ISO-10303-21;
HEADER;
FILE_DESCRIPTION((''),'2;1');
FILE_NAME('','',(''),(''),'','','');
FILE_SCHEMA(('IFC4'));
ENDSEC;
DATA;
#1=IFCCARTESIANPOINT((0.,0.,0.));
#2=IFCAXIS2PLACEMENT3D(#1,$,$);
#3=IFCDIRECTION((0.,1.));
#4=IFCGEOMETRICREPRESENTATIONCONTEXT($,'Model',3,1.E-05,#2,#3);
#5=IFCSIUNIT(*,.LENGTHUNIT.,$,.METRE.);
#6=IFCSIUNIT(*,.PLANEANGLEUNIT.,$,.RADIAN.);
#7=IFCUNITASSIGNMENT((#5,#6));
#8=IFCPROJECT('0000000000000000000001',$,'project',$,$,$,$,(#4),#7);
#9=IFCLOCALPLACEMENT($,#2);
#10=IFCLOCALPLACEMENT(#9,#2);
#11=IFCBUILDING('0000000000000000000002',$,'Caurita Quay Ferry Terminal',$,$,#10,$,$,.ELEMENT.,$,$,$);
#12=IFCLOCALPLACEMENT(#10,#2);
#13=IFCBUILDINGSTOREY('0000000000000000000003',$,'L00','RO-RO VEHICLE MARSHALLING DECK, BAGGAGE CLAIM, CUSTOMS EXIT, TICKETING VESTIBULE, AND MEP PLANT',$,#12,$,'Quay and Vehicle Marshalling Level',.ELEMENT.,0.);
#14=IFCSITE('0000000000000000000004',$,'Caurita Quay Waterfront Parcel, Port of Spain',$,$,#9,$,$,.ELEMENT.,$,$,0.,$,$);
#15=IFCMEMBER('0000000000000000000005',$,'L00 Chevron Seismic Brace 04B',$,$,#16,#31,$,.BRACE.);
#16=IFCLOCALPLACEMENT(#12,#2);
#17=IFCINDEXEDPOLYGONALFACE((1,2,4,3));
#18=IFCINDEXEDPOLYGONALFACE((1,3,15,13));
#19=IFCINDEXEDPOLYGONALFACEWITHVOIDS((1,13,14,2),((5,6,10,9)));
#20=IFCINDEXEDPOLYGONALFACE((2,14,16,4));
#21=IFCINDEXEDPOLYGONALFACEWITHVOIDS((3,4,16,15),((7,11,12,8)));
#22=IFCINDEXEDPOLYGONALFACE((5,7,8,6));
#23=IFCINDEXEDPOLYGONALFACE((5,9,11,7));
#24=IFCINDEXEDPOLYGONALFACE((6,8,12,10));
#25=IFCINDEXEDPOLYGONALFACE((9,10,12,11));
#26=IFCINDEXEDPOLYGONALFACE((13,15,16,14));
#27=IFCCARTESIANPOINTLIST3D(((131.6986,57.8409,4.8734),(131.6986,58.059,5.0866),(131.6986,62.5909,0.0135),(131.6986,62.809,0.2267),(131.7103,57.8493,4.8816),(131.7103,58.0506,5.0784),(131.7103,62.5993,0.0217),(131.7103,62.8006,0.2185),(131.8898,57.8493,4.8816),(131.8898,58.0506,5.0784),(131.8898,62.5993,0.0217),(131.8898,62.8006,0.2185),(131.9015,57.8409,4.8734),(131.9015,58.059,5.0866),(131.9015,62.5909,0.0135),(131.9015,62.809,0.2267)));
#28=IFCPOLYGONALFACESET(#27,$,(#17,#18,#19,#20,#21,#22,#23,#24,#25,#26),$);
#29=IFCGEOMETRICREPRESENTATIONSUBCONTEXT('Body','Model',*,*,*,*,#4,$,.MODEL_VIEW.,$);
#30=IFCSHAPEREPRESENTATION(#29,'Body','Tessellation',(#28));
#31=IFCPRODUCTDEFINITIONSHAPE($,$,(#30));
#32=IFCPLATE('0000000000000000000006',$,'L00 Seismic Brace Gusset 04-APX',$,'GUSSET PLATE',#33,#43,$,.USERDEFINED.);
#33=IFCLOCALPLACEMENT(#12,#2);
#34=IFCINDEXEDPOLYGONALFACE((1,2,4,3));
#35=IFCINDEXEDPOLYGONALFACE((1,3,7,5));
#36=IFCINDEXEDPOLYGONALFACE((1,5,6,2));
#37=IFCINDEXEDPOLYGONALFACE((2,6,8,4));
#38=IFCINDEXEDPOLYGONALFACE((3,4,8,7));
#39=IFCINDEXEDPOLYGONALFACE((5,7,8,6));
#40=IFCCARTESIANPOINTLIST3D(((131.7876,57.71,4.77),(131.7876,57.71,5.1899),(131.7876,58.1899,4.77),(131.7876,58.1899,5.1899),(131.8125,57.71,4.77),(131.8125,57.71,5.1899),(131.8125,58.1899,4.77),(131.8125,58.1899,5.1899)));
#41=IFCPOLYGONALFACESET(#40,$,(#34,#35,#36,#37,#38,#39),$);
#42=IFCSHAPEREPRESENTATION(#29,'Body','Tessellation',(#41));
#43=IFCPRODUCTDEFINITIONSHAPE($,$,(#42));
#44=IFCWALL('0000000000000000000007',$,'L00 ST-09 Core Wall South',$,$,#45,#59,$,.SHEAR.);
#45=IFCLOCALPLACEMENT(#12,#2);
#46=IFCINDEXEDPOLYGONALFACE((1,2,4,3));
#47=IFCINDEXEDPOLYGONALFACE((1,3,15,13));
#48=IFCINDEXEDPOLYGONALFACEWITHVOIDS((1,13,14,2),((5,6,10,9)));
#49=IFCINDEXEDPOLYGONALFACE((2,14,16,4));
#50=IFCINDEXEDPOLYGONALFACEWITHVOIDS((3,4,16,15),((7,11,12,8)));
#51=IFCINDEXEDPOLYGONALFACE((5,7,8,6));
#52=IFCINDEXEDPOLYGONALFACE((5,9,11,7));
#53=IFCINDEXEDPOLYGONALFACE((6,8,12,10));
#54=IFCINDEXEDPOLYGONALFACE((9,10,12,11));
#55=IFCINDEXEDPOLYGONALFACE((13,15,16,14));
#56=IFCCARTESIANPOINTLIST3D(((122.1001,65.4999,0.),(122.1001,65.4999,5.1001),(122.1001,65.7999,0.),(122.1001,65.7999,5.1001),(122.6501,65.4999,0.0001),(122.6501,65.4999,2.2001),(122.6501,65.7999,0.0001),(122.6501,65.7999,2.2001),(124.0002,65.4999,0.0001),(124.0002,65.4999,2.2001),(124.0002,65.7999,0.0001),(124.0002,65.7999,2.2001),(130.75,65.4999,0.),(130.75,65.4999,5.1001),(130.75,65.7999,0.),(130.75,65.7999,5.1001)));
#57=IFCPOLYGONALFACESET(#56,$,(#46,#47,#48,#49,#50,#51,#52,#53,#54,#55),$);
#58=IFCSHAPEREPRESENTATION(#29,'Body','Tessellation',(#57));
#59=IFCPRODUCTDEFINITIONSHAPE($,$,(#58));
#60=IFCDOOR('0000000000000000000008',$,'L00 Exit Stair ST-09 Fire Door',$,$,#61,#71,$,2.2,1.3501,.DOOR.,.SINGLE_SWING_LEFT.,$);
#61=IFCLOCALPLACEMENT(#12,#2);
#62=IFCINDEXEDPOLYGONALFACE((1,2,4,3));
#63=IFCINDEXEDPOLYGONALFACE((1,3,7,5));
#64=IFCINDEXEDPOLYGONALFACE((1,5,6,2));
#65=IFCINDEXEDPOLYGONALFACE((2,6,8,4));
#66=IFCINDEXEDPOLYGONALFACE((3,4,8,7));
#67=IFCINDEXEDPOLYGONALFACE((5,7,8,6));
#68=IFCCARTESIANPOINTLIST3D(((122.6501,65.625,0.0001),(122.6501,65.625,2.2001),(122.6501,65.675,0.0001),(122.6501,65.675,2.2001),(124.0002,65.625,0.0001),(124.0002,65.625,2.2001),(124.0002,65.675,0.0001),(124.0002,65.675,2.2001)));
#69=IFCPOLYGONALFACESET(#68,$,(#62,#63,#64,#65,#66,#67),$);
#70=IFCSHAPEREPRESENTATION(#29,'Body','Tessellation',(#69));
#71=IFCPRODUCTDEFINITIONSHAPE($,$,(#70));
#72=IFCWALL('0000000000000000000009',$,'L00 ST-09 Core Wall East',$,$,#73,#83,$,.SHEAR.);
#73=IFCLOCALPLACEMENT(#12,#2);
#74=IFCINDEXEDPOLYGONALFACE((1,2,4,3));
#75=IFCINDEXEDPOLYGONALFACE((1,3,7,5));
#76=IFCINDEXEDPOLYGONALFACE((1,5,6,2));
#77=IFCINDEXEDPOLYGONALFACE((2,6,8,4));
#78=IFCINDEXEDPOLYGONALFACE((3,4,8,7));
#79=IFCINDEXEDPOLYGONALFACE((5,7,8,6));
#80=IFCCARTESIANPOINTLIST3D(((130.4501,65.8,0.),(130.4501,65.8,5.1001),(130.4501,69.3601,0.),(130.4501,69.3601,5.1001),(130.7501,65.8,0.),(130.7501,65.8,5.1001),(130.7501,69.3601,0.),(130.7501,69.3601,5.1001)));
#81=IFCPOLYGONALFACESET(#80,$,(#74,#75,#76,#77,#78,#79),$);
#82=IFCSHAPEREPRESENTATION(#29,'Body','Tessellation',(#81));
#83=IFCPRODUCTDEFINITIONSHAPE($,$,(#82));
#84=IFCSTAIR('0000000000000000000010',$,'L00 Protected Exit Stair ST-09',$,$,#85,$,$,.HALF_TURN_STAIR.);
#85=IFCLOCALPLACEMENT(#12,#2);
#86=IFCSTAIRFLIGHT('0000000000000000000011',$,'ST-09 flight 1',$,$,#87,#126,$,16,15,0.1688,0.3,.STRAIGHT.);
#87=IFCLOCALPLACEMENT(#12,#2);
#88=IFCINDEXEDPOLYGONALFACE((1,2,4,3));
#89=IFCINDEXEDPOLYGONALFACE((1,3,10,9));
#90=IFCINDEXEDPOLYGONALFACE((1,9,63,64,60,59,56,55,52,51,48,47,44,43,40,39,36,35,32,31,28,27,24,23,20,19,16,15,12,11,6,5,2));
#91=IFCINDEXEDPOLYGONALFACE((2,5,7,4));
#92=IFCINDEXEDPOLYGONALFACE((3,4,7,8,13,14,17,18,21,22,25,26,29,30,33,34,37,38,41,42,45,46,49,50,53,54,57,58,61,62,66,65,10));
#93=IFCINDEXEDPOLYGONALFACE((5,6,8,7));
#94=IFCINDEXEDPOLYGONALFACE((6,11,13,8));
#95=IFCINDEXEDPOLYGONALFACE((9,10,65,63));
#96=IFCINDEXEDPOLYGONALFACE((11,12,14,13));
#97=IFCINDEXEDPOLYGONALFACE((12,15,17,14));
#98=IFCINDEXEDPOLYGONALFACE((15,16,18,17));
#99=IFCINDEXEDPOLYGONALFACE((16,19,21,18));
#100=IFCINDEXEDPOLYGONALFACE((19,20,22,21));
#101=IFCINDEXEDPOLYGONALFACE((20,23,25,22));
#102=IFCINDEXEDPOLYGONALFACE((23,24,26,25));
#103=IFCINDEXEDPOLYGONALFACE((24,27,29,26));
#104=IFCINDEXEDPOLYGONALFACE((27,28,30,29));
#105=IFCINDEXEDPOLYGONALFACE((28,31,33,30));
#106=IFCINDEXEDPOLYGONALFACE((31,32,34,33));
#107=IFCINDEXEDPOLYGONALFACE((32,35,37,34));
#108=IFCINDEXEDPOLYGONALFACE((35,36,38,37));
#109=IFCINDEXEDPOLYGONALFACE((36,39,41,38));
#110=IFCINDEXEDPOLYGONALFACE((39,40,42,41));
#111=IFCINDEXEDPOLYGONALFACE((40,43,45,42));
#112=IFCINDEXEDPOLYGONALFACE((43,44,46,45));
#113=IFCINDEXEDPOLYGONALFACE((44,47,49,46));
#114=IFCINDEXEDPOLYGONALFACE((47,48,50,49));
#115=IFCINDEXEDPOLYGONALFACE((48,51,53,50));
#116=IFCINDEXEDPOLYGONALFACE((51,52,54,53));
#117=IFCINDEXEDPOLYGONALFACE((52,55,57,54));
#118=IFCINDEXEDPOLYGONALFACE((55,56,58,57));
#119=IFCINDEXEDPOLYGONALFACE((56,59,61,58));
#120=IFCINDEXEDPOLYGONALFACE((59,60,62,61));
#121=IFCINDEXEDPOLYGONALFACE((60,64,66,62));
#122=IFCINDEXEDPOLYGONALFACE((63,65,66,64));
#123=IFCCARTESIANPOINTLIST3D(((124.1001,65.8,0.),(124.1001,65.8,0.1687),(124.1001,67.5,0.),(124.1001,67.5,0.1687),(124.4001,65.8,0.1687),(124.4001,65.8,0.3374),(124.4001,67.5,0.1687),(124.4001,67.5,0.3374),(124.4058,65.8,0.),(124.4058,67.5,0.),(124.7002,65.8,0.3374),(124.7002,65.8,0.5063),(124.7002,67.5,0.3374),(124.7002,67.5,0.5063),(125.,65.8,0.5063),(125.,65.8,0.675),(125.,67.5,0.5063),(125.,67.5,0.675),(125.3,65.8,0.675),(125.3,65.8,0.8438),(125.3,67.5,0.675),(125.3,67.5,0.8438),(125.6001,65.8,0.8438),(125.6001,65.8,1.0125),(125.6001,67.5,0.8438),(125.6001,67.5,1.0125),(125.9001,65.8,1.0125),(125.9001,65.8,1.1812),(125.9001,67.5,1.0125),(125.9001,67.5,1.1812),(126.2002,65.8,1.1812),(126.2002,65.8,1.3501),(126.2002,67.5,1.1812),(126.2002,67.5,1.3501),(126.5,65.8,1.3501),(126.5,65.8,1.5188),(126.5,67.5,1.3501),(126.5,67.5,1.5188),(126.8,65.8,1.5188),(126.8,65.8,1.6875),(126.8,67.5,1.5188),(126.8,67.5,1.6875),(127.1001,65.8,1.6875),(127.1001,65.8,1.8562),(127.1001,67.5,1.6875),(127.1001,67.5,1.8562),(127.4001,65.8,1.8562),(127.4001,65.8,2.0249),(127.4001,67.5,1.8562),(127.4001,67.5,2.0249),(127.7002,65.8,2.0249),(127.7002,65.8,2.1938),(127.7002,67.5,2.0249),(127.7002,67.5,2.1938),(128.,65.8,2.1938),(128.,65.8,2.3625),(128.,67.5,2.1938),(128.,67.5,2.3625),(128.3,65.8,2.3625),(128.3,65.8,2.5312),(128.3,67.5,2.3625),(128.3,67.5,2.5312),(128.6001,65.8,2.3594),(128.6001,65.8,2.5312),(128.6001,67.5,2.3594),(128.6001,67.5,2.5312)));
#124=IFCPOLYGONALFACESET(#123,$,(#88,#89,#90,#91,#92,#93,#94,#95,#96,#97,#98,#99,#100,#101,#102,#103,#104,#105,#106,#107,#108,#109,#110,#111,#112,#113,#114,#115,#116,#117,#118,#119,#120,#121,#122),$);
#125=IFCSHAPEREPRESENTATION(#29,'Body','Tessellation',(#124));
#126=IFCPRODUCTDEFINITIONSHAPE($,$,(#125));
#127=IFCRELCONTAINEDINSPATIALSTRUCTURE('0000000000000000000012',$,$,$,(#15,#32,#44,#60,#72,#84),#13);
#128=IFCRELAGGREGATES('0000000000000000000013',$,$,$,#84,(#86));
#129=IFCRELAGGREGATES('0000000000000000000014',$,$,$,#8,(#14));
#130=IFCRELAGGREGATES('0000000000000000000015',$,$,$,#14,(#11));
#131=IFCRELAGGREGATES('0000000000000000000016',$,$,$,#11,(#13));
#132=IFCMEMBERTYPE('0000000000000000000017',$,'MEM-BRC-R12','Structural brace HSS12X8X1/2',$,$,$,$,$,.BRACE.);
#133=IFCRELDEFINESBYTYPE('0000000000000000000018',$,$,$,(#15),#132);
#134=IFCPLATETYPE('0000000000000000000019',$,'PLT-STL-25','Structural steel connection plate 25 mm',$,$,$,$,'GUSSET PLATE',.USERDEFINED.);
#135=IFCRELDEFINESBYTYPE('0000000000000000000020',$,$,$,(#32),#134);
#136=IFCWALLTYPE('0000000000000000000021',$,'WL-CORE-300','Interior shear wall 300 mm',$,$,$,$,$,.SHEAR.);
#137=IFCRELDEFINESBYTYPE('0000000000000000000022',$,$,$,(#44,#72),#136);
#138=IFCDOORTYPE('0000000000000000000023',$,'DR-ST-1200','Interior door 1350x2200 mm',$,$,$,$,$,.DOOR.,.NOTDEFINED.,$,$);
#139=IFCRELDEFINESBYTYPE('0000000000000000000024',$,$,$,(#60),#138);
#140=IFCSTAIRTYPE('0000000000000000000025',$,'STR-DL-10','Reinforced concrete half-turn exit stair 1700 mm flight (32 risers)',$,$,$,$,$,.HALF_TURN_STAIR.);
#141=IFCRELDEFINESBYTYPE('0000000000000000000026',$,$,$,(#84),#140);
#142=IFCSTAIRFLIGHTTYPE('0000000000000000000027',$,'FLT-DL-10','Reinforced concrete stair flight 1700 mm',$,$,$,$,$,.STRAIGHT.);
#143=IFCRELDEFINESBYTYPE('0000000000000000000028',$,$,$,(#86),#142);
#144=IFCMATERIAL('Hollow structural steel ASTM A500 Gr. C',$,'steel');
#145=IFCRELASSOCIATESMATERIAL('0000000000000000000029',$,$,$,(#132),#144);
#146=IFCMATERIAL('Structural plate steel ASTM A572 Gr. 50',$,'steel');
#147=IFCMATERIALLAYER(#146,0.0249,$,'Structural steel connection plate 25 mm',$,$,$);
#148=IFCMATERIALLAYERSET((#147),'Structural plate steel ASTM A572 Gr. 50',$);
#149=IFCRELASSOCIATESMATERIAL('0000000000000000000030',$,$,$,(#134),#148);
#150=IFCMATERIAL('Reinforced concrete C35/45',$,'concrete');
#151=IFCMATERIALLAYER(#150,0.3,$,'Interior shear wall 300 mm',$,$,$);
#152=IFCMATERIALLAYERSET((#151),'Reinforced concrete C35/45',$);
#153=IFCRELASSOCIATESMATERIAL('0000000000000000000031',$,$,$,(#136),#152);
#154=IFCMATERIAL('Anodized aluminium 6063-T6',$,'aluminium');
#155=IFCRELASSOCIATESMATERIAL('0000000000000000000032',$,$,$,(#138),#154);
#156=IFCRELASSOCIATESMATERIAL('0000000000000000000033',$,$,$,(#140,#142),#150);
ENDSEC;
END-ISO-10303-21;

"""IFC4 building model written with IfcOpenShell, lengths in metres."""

from ifc_helpers import new_model, si_unit, direction, frame, frame_2d, origin, origin_2d, place, context, subcontext, project, spatial, polyline, rectangle, hollow_rectangle, outline, extrude, material, layer, layer_set, material_profile, profile_set, type_object, element, fill, aggregate, save


model = new_model("IFC4")

# Units and contexts
model_context = context("Model", 3, precision=1e-05, world=origin(), true_north=direction((0.0, 1.0)))
body_context = subcontext(model_context, "Body", "Model", "MODEL_VIEW")
ifc_project = project(units=[si_unit("LENGTHUNIT", "METRE"), si_unit("PLANEANGLEUNIT", "RADIAN")], contexts=[model_context])

# Site, building, storey
site_placement = place(None, origin())
site = spatial("IfcSite", under=ifc_project, at=site_placement, Name="Caurita Quay Waterfront Parcel, Port of Spain", CompositionType="ELEMENT", RefElevation=0.0)
building_placement = place(site_placement, origin())
building = spatial("IfcBuilding", under=site, at=building_placement, Name="Caurita Quay Ferry Terminal", CompositionType="ELEMENT")
storey_placement = place(building_placement, origin())
storey = spatial("IfcBuildingStorey", under=building, at=storey_placement, Name="L00", Description="RO-RO VEHICLE MARSHALLING DECK, BAGGAGE CLAIM, CUSTOMS EXIT, TICKETING VESTIBULE, AND MEP PLANT", LongName="Quay and Vehicle Marshalling Level", CompositionType="ELEMENT", Elevation=0.0)

# Shared definitions
ifc_material_1 = material(Name="Hollow structural steel ASTM A500 Gr. C", Category="steel")

# Shared definitions
ifc_material_2 = material(Name="Reinforced concrete C35/45", Category="concrete")

# Member
ifc_material_profile_1 = material_profile(ifc_material_1, hollow_rectangle(XDim=0.2029, YDim=0.3049, WallThickness=0.0117, at=origin_2d()), Name="HSS12X8X1/2")
ifc_profile_set_1 = profile_set([ifc_material_profile_1], Name="Hollow structural steel ASTM A500 Gr. C")
member_type = type_object("IfcMemberType", Name="MEM-BRC-R12", Description="Structural brace HSS12X8X1/2", PredefinedType="BRACE", material=ifc_profile_set_1)
member_placement = place(storey_placement, frame((131.8, 62.7, 0.1201), z_axis=(0.0, -0.698977, 0.715144), x_axis=(1.0, 0.0, 0.0)))
element("IfcMember", 1, at=member_placement, inside=storey, type_object=member_type, Name="L00 Chevron Seismic Brace 04B", PredefinedType="BRACE", context=body_context, shape_type="SweptSolid", body=[
    extrude(hollow_rectangle(XDim=0.2029, YDim=0.3049, WallThickness=0.0117, at=origin_2d()), origin(), (0.0, 0.0, 1.0), 6.7957),
])

# Plate
ifc_material_3 = material(Name="Structural plate steel ASTM A572 Gr. 50", Category="steel")
ifc_layer_1 = layer(ifc_material_3, 0.0249, Name="Structural steel connection plate 25 mm")
ifc_layer_set_1 = layer_set([ifc_layer_1], Name="Structural plate steel ASTM A572 Gr. 50")
plate_type = type_object("IfcPlateType", Name="PLT-STL-25", Description="Structural steel connection plate 25 mm", ElementType="GUSSET PLATE", PredefinedType="USERDEFINED", material=ifc_layer_set_1)
plate_placement = place(storey_placement, frame((131.8, 57.95, 4.77), z_axis=(0.0, 0.0, 1.0), x_axis=(0.0, 1.0, 0.0)))
element("IfcPlate", 2, at=plate_placement, inside=storey, type_object=plate_type, Name="L00 Seismic Brace Gusset 04-APX", ObjectType="GUSSET PLATE", PredefinedType="USERDEFINED", context=body_context, shape_type="SweptSolid", body=[
    extrude(rectangle(XDim=0.48, YDim=0.0249, at=origin_2d()), origin(), (0.0, 0.0, 1.0), 0.4199),
])

# Wall, opening, door
ifc_layer_2 = layer(ifc_material_2, 0.3, Name="Interior shear wall 300 mm")
ifc_layer_set_2 = layer_set([ifc_layer_2], Name="Reinforced concrete C35/45")
wall_type = type_object("IfcWallType", Name="WL-CORE-300", Description="Interior shear wall 300 mm", PredefinedType="SHEAR", material=ifc_layer_set_2)
wall_1_placement = place(storey_placement, frame((122.1001, 65.6499, 0.0), z_axis=(0.0, 0.0, 1.0), x_axis=(1.0, 0.0, 0.0)))
wall_1 = element("IfcWall", 3, at=wall_1_placement, inside=storey, type_object=wall_type, Name="L00 ST-09 Core Wall South", PredefinedType="SHEAR", context=body_context, shape_type="SweptSolid", body=[
    extrude(rectangle(XDim=8.6499, YDim=0.3, at=frame_2d((4.325, 0.0))), origin(), (0.0, 0.0, 1.0), 5.1001),
])
opening_placement = place(wall_1_placement, frame((0.55, 0.0, 0.0)))
opening = element("IfcOpeningElement", 4, at=opening_placement, cuts=wall_1, PredefinedType="OPENING", context=body_context, shape_type="SweptSolid", body=[
    extrude(rectangle(XDim=1.3501, YDim=2.2, at=frame_2d((0.675, 1.1001))), frame((0.0, 0.1599, 0.0), z_axis=(0.0, -1.0, 0.0), x_axis=(1.0, 0.0, 0.0)), (0.0, 0.0, 1.0), 0.3201),
])
ifc_material_4 = material(Name="Anodized aluminium 6063-T6", Category="aluminium")
door_type = type_object("IfcDoorType", Name="DR-ST-1200", Description="Interior door 1350x2200 mm", OperationType="NOTDEFINED", PredefinedType="DOOR", material=ifc_material_4)
door_placement = place(opening_placement, frame((1.3501, 0.0, 0.0), z_axis=(0.0, 0.0, 1.0), x_axis=(-1.0, 0.0, 0.0)))
door = element("IfcDoor", 5, at=door_placement, inside=storey, type_object=door_type, Name="L00 Exit Stair ST-09 Fire Door", OperationType="SINGLE_SWING_LEFT", OverallHeight=2.2, OverallWidth=1.3501, PredefinedType="DOOR", context=body_context, shape_type="SweptSolid", body=[
    extrude(rectangle(XDim=1.3501, YDim=2.2, at=frame_2d((0.675, 1.1001))), frame((0.0, 0.0249, 0.0), z_axis=(0.0, -1.0, 0.0), x_axis=(1.0, 0.0, 0.0)), (0.0, 0.0, 1.0), 0.05),
])
fill(opening, door)

# Wall
wall_2_placement = place(storey_placement, frame((130.6001, 65.8, 0.0), z_axis=(0.0, 0.0, 1.0), x_axis=(0.0, 1.0, 0.0)))
element("IfcWall", 6, at=wall_2_placement, inside=storey, type_object=wall_type, Name="L00 ST-09 Core Wall East", PredefinedType="SHEAR", context=body_context, shape_type="SweptSolid", body=[
    extrude(rectangle(XDim=3.5601, YDim=0.3, at=frame_2d((1.78, 0.0))), origin(), (0.0, 0.0, 1.0), 5.1001),
])

# Stair, stair flight
stair_type = type_object("IfcStairType", Name="STR-DL-10", Description="Reinforced concrete half-turn exit stair 1700 mm flight (32 risers)", PredefinedType="HALF_TURN_STAIR", material=ifc_material_2)
stair_placement = place(storey_placement, origin())
stair = element("IfcStair", 7, at=stair_placement, inside=storey, type_object=stair_type, Name="L00 Protected Exit Stair ST-09", PredefinedType="HALF_TURN_STAIR")
stair_flight_type = type_object("IfcStairFlightType", Name="FLT-DL-10", Description="Reinforced concrete stair flight 1700 mm", PredefinedType="STRAIGHT", material=ifc_material_2)
stair_flight_placement = place(storey_placement, frame((124.1001, 66.6499, 0.0), z_axis=(0.0, 0.0, 1.0), x_axis=(1.0, 0.0, 0.0)))
stair_flight = element("IfcStairFlight", 8, at=stair_flight_placement, type_object=stair_flight_type, Name="ST-09 flight 1", NumberOfRisers=16, NumberOfTreads=15, PredefinedType="STRAIGHT", RiserHeight=0.1688, TreadLength=0.3, context=body_context, shape_type="SweptSolid", body=[
    extrude(outline(polyline([(0.0, 0.0), (0.0, 0.1687), (0.3, 0.1687), (0.3, 0.3374), (0.6001, 0.3374), (0.6001, 0.5063), (0.8999, 0.5063), (0.8999, 0.675), (1.2, 0.675), (1.2, 0.8438), (1.5, 0.8438), (1.5, 1.0125), (1.8, 1.0125), (1.8, 1.1812), (2.1001, 1.1812), (2.1001, 1.3501), (2.3999, 1.3501), (2.3999, 1.5188), (2.7, 1.5188), (2.7, 1.6875), (3.0, 1.6875), (3.0, 1.8562), (3.3, 1.8562), (3.3, 2.0249), (3.6001, 2.0249), (3.6001, 2.1938), (3.8999, 2.1938), (3.8999, 2.3625), (4.2, 2.3625), (4.2, 2.5312), (4.5, 2.5312), (4.5, 2.7), (4.5, 2.3594), (0.3057, 0.0), (0.0, 0.0)])), frame((0.0, 0.8501, 0.0), z_axis=(0.0, -1.0, 0.0), x_axis=(1.0, 0.0, 0.0)), (0.0, 0.0, 1.0), 1.7),
])
aggregate(stair, [stair_flight])

save(model, "model.ifc")
